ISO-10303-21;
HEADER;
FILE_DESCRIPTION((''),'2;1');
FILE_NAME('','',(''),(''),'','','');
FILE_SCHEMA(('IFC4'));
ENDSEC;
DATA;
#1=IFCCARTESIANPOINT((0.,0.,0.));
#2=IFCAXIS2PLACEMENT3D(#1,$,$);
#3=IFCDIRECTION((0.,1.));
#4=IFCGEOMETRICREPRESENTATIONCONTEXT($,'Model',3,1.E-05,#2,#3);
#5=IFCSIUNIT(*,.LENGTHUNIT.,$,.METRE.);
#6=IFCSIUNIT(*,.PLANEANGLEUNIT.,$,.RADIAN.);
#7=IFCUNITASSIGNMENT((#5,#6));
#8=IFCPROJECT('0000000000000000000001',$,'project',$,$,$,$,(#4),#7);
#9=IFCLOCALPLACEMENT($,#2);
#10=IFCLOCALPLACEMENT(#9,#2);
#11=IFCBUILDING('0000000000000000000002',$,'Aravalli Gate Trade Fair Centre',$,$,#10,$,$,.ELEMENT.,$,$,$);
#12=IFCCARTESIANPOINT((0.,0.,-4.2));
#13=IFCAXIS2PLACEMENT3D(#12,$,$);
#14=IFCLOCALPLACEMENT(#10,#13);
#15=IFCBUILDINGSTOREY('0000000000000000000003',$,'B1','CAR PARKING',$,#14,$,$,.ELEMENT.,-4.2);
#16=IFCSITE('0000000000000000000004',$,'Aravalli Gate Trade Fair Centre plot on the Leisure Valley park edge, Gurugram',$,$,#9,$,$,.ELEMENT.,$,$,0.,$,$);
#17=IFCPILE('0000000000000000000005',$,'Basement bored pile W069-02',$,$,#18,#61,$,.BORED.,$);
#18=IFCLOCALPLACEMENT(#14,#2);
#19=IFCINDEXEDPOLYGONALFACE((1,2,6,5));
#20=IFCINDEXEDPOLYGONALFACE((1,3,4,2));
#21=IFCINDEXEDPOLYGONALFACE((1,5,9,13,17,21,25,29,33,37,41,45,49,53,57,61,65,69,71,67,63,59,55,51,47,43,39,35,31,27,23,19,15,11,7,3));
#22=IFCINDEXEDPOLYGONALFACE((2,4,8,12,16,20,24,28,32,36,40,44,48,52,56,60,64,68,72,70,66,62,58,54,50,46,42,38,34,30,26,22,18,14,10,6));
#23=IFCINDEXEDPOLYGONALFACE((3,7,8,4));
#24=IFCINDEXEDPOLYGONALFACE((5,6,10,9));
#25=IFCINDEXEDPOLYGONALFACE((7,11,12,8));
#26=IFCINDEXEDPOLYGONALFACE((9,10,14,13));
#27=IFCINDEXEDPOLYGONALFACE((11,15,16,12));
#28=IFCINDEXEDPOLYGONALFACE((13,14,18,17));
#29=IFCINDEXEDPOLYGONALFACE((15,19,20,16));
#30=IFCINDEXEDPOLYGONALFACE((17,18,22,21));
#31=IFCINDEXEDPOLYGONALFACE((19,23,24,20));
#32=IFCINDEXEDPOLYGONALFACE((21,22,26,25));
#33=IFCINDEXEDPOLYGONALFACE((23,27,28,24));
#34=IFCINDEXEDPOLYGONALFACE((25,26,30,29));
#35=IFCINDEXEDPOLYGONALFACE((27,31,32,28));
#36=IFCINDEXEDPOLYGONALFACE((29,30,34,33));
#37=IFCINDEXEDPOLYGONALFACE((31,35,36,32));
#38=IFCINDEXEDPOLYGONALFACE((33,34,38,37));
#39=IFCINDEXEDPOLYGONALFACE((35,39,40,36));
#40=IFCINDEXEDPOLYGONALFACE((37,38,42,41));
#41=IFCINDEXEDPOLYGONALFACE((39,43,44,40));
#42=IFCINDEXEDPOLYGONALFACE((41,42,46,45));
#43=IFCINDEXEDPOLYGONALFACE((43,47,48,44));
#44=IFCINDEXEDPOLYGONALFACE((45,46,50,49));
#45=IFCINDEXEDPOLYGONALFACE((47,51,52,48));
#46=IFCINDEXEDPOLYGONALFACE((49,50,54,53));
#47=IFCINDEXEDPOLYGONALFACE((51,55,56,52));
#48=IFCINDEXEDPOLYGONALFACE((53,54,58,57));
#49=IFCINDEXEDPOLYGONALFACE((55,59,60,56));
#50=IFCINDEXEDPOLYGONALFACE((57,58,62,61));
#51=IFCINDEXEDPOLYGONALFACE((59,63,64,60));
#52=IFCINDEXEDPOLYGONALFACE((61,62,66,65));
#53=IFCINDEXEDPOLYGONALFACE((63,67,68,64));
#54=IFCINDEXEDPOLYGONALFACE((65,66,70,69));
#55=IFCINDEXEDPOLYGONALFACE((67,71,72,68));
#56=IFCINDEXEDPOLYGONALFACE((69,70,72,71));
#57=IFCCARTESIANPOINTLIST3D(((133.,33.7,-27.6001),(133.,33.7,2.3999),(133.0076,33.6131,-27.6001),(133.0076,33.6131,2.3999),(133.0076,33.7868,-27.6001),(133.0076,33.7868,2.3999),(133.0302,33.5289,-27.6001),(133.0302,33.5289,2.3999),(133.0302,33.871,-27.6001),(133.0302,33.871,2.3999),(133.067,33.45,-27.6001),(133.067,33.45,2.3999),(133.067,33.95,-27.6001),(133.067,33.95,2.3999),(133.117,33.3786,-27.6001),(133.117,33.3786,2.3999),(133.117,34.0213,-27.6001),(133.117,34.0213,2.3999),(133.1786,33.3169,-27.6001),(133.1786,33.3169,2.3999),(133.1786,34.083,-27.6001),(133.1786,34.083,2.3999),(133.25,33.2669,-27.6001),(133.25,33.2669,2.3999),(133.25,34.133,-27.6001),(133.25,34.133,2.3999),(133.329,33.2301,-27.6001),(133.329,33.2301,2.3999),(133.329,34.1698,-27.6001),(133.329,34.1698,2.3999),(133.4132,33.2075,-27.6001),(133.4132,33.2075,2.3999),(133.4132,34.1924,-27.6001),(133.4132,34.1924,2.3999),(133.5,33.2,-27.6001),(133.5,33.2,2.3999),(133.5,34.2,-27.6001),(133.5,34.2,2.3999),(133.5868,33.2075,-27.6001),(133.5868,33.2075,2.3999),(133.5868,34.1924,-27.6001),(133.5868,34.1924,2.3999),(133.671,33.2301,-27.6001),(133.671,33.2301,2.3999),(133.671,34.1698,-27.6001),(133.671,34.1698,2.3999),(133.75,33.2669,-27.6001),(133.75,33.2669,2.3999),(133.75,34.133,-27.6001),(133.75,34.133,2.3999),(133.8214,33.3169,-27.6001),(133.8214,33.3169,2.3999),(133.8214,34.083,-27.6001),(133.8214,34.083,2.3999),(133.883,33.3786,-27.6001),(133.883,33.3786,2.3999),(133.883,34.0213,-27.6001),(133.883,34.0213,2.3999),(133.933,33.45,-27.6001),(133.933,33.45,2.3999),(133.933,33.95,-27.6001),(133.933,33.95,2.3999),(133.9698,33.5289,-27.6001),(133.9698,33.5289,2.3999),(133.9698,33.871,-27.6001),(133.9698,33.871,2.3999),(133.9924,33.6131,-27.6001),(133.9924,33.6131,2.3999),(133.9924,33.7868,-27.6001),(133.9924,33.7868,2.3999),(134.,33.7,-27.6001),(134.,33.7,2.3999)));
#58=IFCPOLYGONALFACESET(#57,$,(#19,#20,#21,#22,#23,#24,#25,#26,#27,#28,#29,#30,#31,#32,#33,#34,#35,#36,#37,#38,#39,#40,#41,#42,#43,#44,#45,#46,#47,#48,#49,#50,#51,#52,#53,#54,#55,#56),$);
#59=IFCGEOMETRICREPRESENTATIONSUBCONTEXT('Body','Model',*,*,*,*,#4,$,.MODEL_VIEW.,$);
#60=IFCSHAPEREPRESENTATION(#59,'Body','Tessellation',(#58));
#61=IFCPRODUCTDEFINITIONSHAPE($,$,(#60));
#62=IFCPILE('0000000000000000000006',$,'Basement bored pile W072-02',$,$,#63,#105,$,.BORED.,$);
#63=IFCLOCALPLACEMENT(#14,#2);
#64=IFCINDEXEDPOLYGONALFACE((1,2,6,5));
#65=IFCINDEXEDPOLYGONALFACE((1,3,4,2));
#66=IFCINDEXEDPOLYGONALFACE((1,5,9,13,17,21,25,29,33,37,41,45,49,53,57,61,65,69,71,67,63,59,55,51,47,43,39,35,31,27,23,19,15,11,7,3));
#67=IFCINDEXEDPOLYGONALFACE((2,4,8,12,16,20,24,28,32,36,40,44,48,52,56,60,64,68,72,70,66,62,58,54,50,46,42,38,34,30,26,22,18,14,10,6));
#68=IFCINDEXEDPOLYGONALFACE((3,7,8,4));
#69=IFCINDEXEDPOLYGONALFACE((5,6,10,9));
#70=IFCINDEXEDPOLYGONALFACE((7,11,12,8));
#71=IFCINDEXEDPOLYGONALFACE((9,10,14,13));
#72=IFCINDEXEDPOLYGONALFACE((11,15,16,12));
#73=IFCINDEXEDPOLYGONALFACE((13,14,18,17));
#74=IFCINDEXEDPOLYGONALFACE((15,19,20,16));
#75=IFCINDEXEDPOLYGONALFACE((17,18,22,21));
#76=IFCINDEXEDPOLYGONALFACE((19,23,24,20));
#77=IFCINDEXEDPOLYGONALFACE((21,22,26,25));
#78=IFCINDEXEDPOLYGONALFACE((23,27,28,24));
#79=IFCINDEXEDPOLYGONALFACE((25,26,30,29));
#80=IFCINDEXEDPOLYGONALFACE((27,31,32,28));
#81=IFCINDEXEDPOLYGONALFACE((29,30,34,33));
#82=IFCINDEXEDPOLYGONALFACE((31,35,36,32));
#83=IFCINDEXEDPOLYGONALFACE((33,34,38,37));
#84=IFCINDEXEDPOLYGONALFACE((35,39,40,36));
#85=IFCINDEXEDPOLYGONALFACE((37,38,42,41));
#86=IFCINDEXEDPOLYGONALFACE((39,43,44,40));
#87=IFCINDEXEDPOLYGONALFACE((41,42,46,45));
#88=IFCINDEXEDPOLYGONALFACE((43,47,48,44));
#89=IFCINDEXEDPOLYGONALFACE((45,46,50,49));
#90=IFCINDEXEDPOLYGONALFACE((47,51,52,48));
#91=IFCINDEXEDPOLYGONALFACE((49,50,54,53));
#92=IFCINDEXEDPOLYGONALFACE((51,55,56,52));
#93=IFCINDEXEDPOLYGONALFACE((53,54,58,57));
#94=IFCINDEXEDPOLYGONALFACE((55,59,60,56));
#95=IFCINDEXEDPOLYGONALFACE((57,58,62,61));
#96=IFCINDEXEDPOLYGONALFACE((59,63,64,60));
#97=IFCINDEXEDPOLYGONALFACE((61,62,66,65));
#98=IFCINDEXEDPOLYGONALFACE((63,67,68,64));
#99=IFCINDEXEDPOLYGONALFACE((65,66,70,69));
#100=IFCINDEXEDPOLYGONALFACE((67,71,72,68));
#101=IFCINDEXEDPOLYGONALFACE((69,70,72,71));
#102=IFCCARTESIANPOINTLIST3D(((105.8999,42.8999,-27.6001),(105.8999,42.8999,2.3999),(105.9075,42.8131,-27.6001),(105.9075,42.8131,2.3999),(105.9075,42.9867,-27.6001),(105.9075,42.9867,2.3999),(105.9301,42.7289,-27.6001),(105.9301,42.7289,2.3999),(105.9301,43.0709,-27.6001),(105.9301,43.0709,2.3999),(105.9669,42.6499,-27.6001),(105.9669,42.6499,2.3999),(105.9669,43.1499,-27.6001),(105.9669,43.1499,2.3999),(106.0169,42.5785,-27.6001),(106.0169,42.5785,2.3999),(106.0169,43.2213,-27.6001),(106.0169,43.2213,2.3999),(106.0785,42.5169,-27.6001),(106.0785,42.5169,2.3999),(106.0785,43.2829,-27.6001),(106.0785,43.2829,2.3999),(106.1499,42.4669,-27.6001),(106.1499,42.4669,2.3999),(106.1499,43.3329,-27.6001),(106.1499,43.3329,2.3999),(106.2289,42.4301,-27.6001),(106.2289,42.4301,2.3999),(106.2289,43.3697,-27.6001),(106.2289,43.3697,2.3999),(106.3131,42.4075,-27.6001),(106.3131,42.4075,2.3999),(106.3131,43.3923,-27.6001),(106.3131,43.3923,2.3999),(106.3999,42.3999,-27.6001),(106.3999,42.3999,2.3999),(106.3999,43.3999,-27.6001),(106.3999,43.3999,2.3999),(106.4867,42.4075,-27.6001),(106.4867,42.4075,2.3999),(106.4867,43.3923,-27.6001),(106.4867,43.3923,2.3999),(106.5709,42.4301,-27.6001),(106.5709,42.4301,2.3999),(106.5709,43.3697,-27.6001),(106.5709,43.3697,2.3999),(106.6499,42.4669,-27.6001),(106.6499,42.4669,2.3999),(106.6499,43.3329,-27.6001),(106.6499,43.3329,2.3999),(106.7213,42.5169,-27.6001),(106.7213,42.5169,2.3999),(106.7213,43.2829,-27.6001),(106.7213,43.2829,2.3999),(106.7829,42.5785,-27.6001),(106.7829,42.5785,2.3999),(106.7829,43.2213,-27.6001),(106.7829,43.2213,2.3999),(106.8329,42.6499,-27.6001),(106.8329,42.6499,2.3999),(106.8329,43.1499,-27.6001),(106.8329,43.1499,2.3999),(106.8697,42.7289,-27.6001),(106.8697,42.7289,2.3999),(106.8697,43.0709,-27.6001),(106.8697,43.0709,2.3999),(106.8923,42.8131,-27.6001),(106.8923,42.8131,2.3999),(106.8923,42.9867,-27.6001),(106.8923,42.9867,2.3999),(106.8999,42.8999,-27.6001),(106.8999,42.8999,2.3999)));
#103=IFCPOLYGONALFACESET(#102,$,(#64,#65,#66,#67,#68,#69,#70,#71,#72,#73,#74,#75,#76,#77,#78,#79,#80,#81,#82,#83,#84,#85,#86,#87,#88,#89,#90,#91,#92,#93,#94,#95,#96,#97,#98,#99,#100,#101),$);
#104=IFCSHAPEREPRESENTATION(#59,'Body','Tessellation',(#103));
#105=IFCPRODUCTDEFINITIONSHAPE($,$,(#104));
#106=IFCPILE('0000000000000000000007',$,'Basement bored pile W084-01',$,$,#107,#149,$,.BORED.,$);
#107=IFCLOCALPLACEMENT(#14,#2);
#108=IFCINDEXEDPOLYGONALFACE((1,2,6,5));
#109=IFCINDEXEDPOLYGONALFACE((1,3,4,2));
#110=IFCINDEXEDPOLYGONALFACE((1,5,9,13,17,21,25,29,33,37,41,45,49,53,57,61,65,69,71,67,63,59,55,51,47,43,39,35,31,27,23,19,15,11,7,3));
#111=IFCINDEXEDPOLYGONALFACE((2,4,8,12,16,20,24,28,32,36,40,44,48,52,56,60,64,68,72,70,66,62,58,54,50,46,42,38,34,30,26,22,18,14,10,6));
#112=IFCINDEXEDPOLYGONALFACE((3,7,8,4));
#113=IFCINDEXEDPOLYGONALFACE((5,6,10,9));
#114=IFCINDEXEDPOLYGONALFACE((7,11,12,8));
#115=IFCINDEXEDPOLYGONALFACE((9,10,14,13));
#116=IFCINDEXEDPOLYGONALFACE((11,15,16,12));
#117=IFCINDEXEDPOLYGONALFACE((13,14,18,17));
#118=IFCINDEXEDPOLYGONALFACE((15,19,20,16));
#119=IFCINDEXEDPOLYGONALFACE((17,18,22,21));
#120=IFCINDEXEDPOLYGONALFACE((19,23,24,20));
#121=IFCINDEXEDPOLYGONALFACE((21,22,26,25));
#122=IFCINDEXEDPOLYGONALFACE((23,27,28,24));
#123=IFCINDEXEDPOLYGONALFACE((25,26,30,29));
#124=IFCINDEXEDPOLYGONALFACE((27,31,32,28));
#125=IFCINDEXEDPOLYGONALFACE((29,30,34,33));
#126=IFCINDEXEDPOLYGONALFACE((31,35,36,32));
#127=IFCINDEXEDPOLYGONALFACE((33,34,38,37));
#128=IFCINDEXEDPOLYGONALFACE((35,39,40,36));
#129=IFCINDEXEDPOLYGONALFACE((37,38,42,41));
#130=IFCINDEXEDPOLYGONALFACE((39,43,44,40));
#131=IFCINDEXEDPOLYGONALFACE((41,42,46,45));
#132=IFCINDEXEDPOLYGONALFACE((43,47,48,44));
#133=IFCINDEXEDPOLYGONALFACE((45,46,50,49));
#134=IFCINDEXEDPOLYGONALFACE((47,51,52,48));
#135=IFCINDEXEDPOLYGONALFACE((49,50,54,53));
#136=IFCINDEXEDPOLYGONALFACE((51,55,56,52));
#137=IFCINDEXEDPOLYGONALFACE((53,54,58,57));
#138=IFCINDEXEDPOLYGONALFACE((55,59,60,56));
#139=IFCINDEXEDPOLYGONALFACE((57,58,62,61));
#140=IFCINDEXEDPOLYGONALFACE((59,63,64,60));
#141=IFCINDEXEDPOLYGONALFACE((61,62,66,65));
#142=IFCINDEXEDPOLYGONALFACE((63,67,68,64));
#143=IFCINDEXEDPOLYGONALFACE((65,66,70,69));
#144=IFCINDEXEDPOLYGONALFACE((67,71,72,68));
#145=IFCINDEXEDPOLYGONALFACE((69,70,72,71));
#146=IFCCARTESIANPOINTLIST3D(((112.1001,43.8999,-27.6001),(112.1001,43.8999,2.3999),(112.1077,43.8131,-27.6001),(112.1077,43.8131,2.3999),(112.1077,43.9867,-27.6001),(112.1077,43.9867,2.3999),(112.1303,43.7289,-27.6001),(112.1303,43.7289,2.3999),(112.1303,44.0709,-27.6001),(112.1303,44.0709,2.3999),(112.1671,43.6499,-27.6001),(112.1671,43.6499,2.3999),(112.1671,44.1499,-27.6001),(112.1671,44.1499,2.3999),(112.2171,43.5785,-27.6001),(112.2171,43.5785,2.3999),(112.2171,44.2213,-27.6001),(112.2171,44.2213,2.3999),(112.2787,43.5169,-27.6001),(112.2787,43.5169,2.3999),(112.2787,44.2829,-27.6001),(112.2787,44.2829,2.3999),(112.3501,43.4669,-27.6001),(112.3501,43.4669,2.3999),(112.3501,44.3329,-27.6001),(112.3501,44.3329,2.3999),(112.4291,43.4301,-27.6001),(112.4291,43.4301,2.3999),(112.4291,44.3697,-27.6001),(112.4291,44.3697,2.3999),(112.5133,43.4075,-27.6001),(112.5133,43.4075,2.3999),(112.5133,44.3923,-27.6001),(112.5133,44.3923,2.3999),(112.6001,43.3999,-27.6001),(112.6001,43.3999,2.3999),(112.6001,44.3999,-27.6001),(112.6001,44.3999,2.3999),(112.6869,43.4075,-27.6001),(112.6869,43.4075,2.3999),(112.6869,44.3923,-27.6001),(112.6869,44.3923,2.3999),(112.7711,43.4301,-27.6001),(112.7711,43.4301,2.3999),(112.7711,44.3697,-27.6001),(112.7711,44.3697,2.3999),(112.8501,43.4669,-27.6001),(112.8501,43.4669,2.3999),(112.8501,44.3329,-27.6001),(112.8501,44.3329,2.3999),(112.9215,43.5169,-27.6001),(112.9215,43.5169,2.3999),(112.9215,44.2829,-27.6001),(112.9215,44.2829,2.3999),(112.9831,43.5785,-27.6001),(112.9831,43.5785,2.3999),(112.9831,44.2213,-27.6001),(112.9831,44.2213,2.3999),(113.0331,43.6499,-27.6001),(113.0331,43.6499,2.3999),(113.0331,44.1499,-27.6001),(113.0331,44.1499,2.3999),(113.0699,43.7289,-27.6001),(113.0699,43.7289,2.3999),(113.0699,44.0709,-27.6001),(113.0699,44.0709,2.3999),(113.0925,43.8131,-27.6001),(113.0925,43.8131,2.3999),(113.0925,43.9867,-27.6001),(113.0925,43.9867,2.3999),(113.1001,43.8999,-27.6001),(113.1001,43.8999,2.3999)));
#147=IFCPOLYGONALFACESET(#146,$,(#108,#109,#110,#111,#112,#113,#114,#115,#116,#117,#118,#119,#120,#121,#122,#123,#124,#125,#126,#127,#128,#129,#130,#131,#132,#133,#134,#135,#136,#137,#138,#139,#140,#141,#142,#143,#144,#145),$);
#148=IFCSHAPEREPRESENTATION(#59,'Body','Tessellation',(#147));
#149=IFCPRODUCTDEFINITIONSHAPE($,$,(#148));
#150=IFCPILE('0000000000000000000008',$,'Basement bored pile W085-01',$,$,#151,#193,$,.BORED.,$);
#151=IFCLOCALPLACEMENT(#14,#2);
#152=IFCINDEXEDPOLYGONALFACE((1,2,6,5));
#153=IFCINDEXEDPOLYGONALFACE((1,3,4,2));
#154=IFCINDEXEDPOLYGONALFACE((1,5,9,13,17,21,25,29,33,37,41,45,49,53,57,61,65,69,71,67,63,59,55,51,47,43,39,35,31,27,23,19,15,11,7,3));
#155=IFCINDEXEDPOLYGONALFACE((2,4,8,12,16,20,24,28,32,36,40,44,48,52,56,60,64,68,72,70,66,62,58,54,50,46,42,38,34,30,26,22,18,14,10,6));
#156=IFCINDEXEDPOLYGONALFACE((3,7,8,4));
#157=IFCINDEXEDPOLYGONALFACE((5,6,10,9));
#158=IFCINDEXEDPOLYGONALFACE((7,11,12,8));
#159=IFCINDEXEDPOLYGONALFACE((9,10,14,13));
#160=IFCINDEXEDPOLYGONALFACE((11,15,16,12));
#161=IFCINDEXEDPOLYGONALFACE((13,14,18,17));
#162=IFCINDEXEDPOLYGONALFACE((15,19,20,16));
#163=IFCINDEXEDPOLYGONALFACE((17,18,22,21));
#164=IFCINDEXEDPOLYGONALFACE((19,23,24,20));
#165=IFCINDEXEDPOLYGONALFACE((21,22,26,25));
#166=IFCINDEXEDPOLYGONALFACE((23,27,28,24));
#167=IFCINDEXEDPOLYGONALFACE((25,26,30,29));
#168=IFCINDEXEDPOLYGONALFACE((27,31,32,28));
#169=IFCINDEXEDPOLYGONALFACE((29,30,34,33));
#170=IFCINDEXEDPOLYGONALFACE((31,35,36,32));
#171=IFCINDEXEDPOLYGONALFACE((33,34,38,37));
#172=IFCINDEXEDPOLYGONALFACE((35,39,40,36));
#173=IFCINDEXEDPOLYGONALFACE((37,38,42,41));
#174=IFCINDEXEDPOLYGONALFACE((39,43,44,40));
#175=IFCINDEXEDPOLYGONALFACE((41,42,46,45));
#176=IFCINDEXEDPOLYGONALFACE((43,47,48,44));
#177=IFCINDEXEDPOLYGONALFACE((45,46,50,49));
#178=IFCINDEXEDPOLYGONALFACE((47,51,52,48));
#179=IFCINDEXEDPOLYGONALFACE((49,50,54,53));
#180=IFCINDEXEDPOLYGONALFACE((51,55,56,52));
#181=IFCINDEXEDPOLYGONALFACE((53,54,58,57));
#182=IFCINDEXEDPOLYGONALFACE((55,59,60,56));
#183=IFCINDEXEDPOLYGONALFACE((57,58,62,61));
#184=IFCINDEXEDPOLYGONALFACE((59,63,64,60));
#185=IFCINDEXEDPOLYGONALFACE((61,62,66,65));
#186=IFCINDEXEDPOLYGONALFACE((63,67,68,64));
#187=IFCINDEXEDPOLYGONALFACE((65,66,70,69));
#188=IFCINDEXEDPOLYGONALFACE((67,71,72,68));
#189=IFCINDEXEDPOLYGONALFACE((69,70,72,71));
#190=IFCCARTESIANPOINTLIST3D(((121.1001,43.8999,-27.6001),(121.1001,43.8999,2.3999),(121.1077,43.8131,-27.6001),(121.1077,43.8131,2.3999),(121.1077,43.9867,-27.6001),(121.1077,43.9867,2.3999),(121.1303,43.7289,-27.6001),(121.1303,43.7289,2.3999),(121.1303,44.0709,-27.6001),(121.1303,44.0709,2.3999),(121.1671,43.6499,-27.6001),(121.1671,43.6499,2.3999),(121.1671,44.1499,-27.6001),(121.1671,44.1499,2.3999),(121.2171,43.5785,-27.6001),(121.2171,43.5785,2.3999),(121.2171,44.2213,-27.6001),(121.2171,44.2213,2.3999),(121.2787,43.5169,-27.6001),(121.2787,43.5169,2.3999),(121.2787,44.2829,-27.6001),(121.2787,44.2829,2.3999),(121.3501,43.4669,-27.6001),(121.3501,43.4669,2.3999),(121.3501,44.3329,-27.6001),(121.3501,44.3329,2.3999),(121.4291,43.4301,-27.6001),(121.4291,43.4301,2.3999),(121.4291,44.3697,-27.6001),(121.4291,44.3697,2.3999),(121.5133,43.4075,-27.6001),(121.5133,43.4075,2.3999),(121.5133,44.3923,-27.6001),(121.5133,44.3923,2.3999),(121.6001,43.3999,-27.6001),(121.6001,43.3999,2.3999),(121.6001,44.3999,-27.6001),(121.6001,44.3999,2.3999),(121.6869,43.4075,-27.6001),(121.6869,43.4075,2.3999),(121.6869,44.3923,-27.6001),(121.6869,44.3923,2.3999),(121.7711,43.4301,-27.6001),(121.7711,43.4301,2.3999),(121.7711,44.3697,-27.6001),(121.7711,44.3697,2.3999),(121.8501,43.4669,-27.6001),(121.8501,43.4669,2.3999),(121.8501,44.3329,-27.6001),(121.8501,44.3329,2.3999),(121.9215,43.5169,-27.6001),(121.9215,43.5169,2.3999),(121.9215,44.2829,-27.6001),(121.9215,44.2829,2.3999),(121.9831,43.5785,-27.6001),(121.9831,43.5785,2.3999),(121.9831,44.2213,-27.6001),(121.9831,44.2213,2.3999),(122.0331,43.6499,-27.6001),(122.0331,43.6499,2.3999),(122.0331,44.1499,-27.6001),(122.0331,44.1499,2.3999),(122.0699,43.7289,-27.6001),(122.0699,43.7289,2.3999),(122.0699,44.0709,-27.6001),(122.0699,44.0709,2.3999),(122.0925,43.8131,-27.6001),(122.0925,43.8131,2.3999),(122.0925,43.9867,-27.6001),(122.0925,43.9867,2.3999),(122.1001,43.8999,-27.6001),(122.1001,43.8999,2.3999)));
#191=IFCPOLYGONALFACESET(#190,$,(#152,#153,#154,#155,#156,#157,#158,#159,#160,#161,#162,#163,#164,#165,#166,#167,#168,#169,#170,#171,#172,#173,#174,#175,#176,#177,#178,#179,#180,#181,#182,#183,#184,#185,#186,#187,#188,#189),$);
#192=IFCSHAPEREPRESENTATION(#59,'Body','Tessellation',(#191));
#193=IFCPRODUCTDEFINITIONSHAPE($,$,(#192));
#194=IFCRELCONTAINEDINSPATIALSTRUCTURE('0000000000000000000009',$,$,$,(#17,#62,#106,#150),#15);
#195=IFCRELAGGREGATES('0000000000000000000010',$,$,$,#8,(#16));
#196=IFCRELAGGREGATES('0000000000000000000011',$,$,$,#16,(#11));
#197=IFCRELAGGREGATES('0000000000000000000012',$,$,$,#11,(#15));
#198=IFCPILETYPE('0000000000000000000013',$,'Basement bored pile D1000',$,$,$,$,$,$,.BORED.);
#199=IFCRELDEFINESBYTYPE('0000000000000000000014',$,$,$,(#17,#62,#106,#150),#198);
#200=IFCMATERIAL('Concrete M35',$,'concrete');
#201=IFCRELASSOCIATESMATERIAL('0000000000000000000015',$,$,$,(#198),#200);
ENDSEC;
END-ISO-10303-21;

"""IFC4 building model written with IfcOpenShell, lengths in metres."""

from ifc_helpers import new_model, si_unit, direction, frame, origin, origin_2d, place, context, subcontext, project, spatial, circle, extrude, material, material_profile, profile_set, type_object, element, save


model = new_model("IFC4")

# Units and contexts
model_context = context("Model", 3, precision=1e-05, world=origin(), true_north=direction((0.0, 1.0)))
body_context = subcontext(model_context, "Body", "Model", "MODEL_VIEW")
ifc_project = project(units=[si_unit("LENGTHUNIT", "METRE"), si_unit("PLANEANGLEUNIT", "RADIAN")], contexts=[model_context])

# Site, building, storey
site_placement = place(None, origin())
site = spatial("IfcSite", under=ifc_project, at=site_placement, Name="Aravalli Gate Trade Fair Centre plot on the Leisure Valley park edge, Gurugram", CompositionType="ELEMENT", RefElevation=0.0)
building_placement = place(site_placement, origin())
building = spatial("IfcBuilding", under=site, at=building_placement, Name="Aravalli Gate Trade Fair Centre", CompositionType="ELEMENT")
storey_placement = place(building_placement, frame((0.0, 0.0, -4.2)))
storey = spatial("IfcBuildingStorey", under=building, at=storey_placement, Name="B1", Description="CAR PARKING", CompositionType="ELEMENT", Elevation=-4.2)

# Piles
ifc_material_1 = material(Name="Concrete M35", Category="concrete")
ifc_material_profile_1 = material_profile(ifc_material_1, circle(Radius=0.5, at=origin_2d()), Name="D1000")
ifc_profile_set_1 = profile_set([ifc_material_profile_1], Name="Concrete M35")
pile_type = type_object("IfcPileType", Name="Basement bored pile D1000", PredefinedType="BORED", material=ifc_profile_set_1)
for number, where, z_axis, x_axis, name in (
    (1, (133.5, 33.7, 2.3999), (0.0, 0.0, -1.0), (1.0, 0.0, 0.0), "Basement bored pile W069-02"),
    (2, (106.3999, 42.8999, 2.3999), (0.0, 0.0, -1.0), (1.0, 0.0, 0.0), "Basement bored pile W072-02"),
    (3, (112.6001, 43.8999, 2.3999), (0.0, 0.0, -1.0), (1.0, 0.0, 0.0), "Basement bored pile W084-01"),
    (4, (121.6001, 43.8999, 2.3999), (0.0, 0.0, -1.0), (1.0, 0.0, 0.0), "Basement bored pile W085-01"),
):
    element("IfcPile", number, at=place(storey_placement, frame(where, z_axis=z_axis, x_axis=x_axis)), inside=storey, type_object=pile_type, Name=name, PredefinedType="BORED", context=body_context, shape_type="SweptSolid", body=[
        extrude(circle(Radius=0.5, at=origin_2d()), origin(), (0.0, 0.0, 1.0), 30.0),
    ])

save(model, "model.ifc")
